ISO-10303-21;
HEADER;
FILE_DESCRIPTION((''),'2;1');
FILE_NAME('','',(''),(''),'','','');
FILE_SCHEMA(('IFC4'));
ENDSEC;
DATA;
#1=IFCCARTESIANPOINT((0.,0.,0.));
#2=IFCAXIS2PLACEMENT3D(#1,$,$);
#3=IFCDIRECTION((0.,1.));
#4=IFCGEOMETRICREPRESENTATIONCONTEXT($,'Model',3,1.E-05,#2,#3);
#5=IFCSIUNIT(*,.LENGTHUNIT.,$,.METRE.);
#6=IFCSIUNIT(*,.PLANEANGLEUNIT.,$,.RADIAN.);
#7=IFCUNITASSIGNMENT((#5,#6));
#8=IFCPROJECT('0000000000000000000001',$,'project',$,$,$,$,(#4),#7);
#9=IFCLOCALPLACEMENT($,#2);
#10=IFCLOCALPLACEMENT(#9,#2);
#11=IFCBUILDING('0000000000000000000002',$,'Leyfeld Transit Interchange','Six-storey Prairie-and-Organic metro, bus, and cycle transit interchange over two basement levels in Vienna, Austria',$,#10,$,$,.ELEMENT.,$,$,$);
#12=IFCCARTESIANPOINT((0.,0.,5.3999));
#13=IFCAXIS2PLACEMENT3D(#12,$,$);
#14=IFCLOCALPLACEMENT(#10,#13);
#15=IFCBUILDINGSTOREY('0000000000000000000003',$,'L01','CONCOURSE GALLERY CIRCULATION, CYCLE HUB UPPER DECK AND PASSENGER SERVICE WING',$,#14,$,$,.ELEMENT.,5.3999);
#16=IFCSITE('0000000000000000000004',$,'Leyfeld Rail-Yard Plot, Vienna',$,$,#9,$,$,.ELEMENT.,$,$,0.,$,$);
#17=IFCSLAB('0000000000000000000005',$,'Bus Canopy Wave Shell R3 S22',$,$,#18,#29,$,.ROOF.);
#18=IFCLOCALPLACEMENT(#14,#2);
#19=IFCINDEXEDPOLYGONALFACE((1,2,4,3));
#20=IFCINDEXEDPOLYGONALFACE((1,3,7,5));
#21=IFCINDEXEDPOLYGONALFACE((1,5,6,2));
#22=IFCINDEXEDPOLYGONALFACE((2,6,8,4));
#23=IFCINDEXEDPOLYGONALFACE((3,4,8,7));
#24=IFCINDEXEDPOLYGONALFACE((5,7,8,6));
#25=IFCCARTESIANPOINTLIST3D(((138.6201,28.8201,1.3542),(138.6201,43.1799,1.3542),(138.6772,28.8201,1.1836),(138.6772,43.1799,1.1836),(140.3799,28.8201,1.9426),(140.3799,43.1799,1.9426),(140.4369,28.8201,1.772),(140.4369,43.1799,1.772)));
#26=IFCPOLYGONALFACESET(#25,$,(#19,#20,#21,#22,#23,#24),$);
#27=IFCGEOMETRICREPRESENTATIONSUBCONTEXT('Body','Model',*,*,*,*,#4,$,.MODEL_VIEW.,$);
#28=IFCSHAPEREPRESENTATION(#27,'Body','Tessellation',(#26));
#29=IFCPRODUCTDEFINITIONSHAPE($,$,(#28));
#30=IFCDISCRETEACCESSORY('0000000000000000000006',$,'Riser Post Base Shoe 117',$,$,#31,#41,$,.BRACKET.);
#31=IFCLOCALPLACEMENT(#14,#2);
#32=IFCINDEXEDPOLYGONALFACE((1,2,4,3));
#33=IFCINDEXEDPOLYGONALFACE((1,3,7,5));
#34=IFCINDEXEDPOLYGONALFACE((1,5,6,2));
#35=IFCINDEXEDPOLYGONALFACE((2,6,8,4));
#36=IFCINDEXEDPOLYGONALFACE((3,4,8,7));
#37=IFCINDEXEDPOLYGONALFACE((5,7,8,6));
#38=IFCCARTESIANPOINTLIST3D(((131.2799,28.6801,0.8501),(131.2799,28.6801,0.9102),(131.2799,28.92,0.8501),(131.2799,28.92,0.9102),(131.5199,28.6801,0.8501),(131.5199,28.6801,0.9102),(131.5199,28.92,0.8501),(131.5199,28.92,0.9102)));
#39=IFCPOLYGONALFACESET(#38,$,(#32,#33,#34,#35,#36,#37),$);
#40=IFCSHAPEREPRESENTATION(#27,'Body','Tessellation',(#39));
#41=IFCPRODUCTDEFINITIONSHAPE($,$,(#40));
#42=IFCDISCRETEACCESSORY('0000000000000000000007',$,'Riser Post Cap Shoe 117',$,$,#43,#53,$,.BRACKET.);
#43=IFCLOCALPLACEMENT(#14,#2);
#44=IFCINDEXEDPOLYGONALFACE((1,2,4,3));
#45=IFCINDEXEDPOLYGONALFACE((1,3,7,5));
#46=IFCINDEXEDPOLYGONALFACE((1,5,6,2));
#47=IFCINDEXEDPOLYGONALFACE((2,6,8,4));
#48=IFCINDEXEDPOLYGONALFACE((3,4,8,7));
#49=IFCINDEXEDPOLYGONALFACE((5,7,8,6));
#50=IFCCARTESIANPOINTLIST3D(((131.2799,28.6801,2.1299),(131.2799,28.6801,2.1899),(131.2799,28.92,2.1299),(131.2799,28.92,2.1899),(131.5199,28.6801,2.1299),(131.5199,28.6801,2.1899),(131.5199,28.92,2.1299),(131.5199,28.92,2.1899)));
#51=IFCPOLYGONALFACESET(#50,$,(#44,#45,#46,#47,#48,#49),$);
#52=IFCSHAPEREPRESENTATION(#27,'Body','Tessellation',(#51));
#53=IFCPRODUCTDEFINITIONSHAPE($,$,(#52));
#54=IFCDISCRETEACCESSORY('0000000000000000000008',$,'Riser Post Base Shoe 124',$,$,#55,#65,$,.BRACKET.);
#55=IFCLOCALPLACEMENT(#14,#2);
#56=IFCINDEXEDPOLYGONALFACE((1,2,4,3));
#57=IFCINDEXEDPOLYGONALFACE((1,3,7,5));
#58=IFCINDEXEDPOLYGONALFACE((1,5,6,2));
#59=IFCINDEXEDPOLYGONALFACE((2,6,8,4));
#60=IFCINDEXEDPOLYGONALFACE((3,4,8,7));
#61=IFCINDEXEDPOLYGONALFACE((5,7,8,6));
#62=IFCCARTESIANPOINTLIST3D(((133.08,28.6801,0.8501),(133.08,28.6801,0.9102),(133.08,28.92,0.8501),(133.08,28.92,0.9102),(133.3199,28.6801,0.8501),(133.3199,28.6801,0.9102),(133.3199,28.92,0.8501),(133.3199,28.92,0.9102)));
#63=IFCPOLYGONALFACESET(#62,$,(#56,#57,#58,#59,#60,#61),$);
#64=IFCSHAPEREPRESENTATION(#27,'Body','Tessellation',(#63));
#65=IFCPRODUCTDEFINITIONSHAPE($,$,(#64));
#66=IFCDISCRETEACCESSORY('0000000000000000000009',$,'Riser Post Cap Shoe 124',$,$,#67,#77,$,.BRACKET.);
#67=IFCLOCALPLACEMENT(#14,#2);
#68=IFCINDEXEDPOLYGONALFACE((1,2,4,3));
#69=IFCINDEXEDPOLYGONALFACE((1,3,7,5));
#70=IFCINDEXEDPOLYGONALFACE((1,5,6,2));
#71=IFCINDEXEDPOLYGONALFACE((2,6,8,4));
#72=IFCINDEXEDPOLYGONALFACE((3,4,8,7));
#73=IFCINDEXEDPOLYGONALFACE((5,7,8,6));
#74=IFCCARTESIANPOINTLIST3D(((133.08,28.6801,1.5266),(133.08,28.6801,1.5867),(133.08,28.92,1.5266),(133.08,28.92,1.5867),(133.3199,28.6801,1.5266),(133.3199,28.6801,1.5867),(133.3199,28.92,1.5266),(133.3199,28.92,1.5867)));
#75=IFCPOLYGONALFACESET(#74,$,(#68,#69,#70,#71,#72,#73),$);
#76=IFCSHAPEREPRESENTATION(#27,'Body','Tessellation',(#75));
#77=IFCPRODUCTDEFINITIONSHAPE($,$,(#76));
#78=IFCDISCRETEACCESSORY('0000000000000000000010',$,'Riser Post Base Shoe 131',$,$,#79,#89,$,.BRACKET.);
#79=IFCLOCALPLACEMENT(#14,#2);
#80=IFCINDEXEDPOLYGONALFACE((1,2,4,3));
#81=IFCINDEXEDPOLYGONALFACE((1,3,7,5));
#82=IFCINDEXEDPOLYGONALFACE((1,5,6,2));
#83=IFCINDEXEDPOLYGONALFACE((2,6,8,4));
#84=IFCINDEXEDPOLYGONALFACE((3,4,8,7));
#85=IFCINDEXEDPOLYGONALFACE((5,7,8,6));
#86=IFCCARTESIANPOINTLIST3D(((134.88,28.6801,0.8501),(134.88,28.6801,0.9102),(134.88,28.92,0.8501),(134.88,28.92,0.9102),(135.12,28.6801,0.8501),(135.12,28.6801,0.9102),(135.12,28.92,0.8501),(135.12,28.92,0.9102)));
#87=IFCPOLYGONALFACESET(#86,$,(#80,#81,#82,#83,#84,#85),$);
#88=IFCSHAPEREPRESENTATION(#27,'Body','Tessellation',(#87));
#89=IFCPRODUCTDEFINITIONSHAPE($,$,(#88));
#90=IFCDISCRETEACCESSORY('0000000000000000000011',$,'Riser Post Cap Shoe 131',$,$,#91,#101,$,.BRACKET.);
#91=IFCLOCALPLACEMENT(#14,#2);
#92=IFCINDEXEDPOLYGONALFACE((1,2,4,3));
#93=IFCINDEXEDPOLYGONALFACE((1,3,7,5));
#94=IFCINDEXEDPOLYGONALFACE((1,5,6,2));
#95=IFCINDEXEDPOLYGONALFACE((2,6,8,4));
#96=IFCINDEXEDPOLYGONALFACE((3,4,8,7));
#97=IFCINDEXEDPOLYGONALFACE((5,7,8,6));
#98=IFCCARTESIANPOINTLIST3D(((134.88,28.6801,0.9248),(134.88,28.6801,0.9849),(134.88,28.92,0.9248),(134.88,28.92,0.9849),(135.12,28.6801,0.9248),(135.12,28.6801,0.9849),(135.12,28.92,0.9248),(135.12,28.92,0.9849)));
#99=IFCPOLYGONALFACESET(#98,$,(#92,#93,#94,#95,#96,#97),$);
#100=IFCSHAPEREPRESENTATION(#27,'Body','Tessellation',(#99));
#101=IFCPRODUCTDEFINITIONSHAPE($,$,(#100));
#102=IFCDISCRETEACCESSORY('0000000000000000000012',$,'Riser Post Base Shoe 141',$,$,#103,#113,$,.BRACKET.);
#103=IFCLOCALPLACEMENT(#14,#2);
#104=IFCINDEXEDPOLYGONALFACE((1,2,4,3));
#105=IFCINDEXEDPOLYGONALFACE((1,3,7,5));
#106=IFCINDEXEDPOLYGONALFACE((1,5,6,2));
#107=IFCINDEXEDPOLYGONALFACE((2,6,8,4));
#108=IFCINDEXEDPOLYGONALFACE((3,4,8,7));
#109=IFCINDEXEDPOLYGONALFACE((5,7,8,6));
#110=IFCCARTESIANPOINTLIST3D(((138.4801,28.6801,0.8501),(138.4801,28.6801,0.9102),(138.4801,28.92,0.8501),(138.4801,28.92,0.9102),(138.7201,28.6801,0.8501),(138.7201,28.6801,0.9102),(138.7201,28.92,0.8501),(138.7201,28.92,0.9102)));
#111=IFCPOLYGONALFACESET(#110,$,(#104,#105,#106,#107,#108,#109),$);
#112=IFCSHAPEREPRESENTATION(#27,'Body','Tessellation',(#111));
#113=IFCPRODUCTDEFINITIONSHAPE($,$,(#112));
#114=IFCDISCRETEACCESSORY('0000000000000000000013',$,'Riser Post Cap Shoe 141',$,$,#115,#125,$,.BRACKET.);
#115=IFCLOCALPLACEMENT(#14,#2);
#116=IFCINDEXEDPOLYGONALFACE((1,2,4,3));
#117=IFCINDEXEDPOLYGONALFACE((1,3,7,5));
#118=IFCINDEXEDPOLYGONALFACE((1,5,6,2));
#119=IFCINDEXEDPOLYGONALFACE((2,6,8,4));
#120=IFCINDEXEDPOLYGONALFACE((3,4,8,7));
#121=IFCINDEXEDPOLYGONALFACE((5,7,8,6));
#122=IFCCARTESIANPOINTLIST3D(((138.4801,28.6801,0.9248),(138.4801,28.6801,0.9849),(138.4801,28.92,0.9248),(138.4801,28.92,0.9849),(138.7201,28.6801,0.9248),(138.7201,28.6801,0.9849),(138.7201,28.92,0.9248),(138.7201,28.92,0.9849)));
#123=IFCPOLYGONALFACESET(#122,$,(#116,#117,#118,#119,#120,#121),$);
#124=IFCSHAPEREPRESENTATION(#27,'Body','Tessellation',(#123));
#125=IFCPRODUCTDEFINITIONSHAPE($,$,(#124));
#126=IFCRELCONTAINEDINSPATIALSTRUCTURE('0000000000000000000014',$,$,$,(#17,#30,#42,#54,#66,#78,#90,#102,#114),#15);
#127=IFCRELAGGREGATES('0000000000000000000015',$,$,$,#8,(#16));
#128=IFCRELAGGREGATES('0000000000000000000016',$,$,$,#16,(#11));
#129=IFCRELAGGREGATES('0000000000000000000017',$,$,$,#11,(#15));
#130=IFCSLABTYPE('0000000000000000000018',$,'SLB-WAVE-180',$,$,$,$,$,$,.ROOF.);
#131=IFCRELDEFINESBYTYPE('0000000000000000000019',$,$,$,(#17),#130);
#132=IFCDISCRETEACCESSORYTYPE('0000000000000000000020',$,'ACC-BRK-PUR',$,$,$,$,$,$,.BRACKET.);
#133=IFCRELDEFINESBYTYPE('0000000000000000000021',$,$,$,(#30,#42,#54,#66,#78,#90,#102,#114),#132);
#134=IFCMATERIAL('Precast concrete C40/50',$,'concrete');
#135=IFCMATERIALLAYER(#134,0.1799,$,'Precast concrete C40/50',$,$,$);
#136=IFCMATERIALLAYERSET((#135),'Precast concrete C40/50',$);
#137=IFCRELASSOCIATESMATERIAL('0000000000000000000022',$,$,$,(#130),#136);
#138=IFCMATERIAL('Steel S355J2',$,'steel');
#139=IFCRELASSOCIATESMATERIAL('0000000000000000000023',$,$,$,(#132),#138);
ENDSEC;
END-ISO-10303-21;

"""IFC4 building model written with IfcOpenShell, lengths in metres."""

from ifc_helpers import new_model, si_unit, direction, frame, origin, origin_2d, place, context, subcontext, project, spatial, polyline, rectangle, outline, extrude, material, layer, layer_set, type_object, element, save


model = new_model("IFC4")

# Units and contexts
model_context = context("Model", 3, precision=1e-05, world=origin(), true_north=direction((0.0, 1.0)))
body_context = subcontext(model_context, "Body", "Model", "MODEL_VIEW")
ifc_project = project(units=[si_unit("LENGTHUNIT", "METRE"), si_unit("PLANEANGLEUNIT", "RADIAN")], contexts=[model_context])

# Site, building, storey
site_placement = place(None, origin())
site = spatial("IfcSite", under=ifc_project, at=site_placement, Name="Leyfeld Rail-Yard Plot, Vienna", CompositionType="ELEMENT", RefElevation=0.0)
building_placement = place(site_placement, origin())
building = spatial("IfcBuilding", under=site, at=building_placement, Name="Leyfeld Transit Interchange", Description="Six-storey Prairie-and-Organic metro, bus, and cycle transit interchange over two basement levels in Vienna, Austria", CompositionType="ELEMENT")
storey_placement = place(building_placement, frame((0.0, 0.0, 5.3999)))
storey = spatial("IfcBuildingStorey", under=building, at=storey_placement, Name="L01", Description="CONCOURSE GALLERY CIRCULATION, CYCLE HUB UPPER DECK AND PASSENGER SERVICE WING", CompositionType="ELEMENT", Elevation=5.3999)

# Shared definitions
ifc_material_1 = material(Name="Steel S355J2", Category="steel")

# Slab
ifc_material_2 = material(Name="Precast concrete C40/50", Category="concrete")
ifc_layer = layer(ifc_material_2, 0.1799, Name="Precast concrete C40/50")
ifc_layer_set = layer_set([ifc_layer], Name="Precast concrete C40/50")
slab_type = type_object("IfcSlabType", Name="SLB-WAVE-180", PredefinedType="ROOF", material=ifc_layer_set)
slab_1_placement = place(storey_placement, frame((138.6201, 28.8201, 1.3542), z_axis=(-0.317096, 0.0, 0.948393), x_axis=(0.948393, 0.0, 0.317096)))
element("IfcSlab", 1, at=slab_1_placement, inside=storey, type_object=slab_type, Name="Bus Canopy Wave Shell R3 S22", PredefinedType="ROOF", context=body_context, shape_type="SweptSolid", body=[
    extrude(outline(polyline([(0.0, 0.0), (1.8555, 0.0), (1.8555, 14.3599), (0.0, 14.3599), (0.0, 0.0)])), origin(), (0.0, 0.0, -1.0), 0.1799),
])

# Discrete accessories
discrete_accessory_type = type_object("IfcDiscreteAccessoryType", Name="ACC-BRK-PUR", PredefinedType="BRACKET", material=ifc_material_1)
for number, where, z_axis, x_axis, name in (
    (2, (131.3999, 28.8, 0.8501), (0.0, 0.0, 1.0), (1.0, 0.0, 0.0), "Riser Post Base Shoe 117"),
    (3, (131.3999, 28.8, 2.1299), (0.0, 0.0, 1.0), (1.0, 0.0, 0.0), "Riser Post Cap Shoe 117"),
    (4, (133.2, 28.8, 0.8501), (0.0, 0.0, 1.0), (1.0, 0.0, 0.0), "Riser Post Base Shoe 124"),
    (5, (133.2, 28.8, 1.5266), (0.0, 0.0, 1.0), (1.0, 0.0, 0.0), "Riser Post Cap Shoe 124"),
    (6, (135.0, 28.8, 0.8501), (0.0, 0.0, 1.0), (1.0, 0.0, 0.0), "Riser Post Base Shoe 131"),
    (7, (135.0, 28.8, 0.9248), (0.0, 0.0, 1.0), (1.0, 0.0, 0.0), "Riser Post Cap Shoe 131"),
    (8, (138.6001, 28.8, 0.8501), (0.0, 0.0, 1.0), (1.0, 0.0, 0.0), "Riser Post Base Shoe 141"),
    (9, (138.6001, 28.8, 0.9248), (0.0, 0.0, 1.0), (1.0, 0.0, 0.0), "Riser Post Cap Shoe 141"),
):
    element("IfcDiscreteAccessory", number, at=place(storey_placement, frame(where, z_axis=z_axis, x_axis=x_axis)), inside=storey, type_object=discrete_accessory_type, Name=name, PredefinedType="BRACKET", context=body_context, shape_type="SweptSolid", body=[
        extrude(rectangle(XDim=0.24, YDim=0.24, at=origin_2d()), origin(), (0.0, 0.0, 1.0), 0.0601),
    ])

save(model, "model.ifc")
